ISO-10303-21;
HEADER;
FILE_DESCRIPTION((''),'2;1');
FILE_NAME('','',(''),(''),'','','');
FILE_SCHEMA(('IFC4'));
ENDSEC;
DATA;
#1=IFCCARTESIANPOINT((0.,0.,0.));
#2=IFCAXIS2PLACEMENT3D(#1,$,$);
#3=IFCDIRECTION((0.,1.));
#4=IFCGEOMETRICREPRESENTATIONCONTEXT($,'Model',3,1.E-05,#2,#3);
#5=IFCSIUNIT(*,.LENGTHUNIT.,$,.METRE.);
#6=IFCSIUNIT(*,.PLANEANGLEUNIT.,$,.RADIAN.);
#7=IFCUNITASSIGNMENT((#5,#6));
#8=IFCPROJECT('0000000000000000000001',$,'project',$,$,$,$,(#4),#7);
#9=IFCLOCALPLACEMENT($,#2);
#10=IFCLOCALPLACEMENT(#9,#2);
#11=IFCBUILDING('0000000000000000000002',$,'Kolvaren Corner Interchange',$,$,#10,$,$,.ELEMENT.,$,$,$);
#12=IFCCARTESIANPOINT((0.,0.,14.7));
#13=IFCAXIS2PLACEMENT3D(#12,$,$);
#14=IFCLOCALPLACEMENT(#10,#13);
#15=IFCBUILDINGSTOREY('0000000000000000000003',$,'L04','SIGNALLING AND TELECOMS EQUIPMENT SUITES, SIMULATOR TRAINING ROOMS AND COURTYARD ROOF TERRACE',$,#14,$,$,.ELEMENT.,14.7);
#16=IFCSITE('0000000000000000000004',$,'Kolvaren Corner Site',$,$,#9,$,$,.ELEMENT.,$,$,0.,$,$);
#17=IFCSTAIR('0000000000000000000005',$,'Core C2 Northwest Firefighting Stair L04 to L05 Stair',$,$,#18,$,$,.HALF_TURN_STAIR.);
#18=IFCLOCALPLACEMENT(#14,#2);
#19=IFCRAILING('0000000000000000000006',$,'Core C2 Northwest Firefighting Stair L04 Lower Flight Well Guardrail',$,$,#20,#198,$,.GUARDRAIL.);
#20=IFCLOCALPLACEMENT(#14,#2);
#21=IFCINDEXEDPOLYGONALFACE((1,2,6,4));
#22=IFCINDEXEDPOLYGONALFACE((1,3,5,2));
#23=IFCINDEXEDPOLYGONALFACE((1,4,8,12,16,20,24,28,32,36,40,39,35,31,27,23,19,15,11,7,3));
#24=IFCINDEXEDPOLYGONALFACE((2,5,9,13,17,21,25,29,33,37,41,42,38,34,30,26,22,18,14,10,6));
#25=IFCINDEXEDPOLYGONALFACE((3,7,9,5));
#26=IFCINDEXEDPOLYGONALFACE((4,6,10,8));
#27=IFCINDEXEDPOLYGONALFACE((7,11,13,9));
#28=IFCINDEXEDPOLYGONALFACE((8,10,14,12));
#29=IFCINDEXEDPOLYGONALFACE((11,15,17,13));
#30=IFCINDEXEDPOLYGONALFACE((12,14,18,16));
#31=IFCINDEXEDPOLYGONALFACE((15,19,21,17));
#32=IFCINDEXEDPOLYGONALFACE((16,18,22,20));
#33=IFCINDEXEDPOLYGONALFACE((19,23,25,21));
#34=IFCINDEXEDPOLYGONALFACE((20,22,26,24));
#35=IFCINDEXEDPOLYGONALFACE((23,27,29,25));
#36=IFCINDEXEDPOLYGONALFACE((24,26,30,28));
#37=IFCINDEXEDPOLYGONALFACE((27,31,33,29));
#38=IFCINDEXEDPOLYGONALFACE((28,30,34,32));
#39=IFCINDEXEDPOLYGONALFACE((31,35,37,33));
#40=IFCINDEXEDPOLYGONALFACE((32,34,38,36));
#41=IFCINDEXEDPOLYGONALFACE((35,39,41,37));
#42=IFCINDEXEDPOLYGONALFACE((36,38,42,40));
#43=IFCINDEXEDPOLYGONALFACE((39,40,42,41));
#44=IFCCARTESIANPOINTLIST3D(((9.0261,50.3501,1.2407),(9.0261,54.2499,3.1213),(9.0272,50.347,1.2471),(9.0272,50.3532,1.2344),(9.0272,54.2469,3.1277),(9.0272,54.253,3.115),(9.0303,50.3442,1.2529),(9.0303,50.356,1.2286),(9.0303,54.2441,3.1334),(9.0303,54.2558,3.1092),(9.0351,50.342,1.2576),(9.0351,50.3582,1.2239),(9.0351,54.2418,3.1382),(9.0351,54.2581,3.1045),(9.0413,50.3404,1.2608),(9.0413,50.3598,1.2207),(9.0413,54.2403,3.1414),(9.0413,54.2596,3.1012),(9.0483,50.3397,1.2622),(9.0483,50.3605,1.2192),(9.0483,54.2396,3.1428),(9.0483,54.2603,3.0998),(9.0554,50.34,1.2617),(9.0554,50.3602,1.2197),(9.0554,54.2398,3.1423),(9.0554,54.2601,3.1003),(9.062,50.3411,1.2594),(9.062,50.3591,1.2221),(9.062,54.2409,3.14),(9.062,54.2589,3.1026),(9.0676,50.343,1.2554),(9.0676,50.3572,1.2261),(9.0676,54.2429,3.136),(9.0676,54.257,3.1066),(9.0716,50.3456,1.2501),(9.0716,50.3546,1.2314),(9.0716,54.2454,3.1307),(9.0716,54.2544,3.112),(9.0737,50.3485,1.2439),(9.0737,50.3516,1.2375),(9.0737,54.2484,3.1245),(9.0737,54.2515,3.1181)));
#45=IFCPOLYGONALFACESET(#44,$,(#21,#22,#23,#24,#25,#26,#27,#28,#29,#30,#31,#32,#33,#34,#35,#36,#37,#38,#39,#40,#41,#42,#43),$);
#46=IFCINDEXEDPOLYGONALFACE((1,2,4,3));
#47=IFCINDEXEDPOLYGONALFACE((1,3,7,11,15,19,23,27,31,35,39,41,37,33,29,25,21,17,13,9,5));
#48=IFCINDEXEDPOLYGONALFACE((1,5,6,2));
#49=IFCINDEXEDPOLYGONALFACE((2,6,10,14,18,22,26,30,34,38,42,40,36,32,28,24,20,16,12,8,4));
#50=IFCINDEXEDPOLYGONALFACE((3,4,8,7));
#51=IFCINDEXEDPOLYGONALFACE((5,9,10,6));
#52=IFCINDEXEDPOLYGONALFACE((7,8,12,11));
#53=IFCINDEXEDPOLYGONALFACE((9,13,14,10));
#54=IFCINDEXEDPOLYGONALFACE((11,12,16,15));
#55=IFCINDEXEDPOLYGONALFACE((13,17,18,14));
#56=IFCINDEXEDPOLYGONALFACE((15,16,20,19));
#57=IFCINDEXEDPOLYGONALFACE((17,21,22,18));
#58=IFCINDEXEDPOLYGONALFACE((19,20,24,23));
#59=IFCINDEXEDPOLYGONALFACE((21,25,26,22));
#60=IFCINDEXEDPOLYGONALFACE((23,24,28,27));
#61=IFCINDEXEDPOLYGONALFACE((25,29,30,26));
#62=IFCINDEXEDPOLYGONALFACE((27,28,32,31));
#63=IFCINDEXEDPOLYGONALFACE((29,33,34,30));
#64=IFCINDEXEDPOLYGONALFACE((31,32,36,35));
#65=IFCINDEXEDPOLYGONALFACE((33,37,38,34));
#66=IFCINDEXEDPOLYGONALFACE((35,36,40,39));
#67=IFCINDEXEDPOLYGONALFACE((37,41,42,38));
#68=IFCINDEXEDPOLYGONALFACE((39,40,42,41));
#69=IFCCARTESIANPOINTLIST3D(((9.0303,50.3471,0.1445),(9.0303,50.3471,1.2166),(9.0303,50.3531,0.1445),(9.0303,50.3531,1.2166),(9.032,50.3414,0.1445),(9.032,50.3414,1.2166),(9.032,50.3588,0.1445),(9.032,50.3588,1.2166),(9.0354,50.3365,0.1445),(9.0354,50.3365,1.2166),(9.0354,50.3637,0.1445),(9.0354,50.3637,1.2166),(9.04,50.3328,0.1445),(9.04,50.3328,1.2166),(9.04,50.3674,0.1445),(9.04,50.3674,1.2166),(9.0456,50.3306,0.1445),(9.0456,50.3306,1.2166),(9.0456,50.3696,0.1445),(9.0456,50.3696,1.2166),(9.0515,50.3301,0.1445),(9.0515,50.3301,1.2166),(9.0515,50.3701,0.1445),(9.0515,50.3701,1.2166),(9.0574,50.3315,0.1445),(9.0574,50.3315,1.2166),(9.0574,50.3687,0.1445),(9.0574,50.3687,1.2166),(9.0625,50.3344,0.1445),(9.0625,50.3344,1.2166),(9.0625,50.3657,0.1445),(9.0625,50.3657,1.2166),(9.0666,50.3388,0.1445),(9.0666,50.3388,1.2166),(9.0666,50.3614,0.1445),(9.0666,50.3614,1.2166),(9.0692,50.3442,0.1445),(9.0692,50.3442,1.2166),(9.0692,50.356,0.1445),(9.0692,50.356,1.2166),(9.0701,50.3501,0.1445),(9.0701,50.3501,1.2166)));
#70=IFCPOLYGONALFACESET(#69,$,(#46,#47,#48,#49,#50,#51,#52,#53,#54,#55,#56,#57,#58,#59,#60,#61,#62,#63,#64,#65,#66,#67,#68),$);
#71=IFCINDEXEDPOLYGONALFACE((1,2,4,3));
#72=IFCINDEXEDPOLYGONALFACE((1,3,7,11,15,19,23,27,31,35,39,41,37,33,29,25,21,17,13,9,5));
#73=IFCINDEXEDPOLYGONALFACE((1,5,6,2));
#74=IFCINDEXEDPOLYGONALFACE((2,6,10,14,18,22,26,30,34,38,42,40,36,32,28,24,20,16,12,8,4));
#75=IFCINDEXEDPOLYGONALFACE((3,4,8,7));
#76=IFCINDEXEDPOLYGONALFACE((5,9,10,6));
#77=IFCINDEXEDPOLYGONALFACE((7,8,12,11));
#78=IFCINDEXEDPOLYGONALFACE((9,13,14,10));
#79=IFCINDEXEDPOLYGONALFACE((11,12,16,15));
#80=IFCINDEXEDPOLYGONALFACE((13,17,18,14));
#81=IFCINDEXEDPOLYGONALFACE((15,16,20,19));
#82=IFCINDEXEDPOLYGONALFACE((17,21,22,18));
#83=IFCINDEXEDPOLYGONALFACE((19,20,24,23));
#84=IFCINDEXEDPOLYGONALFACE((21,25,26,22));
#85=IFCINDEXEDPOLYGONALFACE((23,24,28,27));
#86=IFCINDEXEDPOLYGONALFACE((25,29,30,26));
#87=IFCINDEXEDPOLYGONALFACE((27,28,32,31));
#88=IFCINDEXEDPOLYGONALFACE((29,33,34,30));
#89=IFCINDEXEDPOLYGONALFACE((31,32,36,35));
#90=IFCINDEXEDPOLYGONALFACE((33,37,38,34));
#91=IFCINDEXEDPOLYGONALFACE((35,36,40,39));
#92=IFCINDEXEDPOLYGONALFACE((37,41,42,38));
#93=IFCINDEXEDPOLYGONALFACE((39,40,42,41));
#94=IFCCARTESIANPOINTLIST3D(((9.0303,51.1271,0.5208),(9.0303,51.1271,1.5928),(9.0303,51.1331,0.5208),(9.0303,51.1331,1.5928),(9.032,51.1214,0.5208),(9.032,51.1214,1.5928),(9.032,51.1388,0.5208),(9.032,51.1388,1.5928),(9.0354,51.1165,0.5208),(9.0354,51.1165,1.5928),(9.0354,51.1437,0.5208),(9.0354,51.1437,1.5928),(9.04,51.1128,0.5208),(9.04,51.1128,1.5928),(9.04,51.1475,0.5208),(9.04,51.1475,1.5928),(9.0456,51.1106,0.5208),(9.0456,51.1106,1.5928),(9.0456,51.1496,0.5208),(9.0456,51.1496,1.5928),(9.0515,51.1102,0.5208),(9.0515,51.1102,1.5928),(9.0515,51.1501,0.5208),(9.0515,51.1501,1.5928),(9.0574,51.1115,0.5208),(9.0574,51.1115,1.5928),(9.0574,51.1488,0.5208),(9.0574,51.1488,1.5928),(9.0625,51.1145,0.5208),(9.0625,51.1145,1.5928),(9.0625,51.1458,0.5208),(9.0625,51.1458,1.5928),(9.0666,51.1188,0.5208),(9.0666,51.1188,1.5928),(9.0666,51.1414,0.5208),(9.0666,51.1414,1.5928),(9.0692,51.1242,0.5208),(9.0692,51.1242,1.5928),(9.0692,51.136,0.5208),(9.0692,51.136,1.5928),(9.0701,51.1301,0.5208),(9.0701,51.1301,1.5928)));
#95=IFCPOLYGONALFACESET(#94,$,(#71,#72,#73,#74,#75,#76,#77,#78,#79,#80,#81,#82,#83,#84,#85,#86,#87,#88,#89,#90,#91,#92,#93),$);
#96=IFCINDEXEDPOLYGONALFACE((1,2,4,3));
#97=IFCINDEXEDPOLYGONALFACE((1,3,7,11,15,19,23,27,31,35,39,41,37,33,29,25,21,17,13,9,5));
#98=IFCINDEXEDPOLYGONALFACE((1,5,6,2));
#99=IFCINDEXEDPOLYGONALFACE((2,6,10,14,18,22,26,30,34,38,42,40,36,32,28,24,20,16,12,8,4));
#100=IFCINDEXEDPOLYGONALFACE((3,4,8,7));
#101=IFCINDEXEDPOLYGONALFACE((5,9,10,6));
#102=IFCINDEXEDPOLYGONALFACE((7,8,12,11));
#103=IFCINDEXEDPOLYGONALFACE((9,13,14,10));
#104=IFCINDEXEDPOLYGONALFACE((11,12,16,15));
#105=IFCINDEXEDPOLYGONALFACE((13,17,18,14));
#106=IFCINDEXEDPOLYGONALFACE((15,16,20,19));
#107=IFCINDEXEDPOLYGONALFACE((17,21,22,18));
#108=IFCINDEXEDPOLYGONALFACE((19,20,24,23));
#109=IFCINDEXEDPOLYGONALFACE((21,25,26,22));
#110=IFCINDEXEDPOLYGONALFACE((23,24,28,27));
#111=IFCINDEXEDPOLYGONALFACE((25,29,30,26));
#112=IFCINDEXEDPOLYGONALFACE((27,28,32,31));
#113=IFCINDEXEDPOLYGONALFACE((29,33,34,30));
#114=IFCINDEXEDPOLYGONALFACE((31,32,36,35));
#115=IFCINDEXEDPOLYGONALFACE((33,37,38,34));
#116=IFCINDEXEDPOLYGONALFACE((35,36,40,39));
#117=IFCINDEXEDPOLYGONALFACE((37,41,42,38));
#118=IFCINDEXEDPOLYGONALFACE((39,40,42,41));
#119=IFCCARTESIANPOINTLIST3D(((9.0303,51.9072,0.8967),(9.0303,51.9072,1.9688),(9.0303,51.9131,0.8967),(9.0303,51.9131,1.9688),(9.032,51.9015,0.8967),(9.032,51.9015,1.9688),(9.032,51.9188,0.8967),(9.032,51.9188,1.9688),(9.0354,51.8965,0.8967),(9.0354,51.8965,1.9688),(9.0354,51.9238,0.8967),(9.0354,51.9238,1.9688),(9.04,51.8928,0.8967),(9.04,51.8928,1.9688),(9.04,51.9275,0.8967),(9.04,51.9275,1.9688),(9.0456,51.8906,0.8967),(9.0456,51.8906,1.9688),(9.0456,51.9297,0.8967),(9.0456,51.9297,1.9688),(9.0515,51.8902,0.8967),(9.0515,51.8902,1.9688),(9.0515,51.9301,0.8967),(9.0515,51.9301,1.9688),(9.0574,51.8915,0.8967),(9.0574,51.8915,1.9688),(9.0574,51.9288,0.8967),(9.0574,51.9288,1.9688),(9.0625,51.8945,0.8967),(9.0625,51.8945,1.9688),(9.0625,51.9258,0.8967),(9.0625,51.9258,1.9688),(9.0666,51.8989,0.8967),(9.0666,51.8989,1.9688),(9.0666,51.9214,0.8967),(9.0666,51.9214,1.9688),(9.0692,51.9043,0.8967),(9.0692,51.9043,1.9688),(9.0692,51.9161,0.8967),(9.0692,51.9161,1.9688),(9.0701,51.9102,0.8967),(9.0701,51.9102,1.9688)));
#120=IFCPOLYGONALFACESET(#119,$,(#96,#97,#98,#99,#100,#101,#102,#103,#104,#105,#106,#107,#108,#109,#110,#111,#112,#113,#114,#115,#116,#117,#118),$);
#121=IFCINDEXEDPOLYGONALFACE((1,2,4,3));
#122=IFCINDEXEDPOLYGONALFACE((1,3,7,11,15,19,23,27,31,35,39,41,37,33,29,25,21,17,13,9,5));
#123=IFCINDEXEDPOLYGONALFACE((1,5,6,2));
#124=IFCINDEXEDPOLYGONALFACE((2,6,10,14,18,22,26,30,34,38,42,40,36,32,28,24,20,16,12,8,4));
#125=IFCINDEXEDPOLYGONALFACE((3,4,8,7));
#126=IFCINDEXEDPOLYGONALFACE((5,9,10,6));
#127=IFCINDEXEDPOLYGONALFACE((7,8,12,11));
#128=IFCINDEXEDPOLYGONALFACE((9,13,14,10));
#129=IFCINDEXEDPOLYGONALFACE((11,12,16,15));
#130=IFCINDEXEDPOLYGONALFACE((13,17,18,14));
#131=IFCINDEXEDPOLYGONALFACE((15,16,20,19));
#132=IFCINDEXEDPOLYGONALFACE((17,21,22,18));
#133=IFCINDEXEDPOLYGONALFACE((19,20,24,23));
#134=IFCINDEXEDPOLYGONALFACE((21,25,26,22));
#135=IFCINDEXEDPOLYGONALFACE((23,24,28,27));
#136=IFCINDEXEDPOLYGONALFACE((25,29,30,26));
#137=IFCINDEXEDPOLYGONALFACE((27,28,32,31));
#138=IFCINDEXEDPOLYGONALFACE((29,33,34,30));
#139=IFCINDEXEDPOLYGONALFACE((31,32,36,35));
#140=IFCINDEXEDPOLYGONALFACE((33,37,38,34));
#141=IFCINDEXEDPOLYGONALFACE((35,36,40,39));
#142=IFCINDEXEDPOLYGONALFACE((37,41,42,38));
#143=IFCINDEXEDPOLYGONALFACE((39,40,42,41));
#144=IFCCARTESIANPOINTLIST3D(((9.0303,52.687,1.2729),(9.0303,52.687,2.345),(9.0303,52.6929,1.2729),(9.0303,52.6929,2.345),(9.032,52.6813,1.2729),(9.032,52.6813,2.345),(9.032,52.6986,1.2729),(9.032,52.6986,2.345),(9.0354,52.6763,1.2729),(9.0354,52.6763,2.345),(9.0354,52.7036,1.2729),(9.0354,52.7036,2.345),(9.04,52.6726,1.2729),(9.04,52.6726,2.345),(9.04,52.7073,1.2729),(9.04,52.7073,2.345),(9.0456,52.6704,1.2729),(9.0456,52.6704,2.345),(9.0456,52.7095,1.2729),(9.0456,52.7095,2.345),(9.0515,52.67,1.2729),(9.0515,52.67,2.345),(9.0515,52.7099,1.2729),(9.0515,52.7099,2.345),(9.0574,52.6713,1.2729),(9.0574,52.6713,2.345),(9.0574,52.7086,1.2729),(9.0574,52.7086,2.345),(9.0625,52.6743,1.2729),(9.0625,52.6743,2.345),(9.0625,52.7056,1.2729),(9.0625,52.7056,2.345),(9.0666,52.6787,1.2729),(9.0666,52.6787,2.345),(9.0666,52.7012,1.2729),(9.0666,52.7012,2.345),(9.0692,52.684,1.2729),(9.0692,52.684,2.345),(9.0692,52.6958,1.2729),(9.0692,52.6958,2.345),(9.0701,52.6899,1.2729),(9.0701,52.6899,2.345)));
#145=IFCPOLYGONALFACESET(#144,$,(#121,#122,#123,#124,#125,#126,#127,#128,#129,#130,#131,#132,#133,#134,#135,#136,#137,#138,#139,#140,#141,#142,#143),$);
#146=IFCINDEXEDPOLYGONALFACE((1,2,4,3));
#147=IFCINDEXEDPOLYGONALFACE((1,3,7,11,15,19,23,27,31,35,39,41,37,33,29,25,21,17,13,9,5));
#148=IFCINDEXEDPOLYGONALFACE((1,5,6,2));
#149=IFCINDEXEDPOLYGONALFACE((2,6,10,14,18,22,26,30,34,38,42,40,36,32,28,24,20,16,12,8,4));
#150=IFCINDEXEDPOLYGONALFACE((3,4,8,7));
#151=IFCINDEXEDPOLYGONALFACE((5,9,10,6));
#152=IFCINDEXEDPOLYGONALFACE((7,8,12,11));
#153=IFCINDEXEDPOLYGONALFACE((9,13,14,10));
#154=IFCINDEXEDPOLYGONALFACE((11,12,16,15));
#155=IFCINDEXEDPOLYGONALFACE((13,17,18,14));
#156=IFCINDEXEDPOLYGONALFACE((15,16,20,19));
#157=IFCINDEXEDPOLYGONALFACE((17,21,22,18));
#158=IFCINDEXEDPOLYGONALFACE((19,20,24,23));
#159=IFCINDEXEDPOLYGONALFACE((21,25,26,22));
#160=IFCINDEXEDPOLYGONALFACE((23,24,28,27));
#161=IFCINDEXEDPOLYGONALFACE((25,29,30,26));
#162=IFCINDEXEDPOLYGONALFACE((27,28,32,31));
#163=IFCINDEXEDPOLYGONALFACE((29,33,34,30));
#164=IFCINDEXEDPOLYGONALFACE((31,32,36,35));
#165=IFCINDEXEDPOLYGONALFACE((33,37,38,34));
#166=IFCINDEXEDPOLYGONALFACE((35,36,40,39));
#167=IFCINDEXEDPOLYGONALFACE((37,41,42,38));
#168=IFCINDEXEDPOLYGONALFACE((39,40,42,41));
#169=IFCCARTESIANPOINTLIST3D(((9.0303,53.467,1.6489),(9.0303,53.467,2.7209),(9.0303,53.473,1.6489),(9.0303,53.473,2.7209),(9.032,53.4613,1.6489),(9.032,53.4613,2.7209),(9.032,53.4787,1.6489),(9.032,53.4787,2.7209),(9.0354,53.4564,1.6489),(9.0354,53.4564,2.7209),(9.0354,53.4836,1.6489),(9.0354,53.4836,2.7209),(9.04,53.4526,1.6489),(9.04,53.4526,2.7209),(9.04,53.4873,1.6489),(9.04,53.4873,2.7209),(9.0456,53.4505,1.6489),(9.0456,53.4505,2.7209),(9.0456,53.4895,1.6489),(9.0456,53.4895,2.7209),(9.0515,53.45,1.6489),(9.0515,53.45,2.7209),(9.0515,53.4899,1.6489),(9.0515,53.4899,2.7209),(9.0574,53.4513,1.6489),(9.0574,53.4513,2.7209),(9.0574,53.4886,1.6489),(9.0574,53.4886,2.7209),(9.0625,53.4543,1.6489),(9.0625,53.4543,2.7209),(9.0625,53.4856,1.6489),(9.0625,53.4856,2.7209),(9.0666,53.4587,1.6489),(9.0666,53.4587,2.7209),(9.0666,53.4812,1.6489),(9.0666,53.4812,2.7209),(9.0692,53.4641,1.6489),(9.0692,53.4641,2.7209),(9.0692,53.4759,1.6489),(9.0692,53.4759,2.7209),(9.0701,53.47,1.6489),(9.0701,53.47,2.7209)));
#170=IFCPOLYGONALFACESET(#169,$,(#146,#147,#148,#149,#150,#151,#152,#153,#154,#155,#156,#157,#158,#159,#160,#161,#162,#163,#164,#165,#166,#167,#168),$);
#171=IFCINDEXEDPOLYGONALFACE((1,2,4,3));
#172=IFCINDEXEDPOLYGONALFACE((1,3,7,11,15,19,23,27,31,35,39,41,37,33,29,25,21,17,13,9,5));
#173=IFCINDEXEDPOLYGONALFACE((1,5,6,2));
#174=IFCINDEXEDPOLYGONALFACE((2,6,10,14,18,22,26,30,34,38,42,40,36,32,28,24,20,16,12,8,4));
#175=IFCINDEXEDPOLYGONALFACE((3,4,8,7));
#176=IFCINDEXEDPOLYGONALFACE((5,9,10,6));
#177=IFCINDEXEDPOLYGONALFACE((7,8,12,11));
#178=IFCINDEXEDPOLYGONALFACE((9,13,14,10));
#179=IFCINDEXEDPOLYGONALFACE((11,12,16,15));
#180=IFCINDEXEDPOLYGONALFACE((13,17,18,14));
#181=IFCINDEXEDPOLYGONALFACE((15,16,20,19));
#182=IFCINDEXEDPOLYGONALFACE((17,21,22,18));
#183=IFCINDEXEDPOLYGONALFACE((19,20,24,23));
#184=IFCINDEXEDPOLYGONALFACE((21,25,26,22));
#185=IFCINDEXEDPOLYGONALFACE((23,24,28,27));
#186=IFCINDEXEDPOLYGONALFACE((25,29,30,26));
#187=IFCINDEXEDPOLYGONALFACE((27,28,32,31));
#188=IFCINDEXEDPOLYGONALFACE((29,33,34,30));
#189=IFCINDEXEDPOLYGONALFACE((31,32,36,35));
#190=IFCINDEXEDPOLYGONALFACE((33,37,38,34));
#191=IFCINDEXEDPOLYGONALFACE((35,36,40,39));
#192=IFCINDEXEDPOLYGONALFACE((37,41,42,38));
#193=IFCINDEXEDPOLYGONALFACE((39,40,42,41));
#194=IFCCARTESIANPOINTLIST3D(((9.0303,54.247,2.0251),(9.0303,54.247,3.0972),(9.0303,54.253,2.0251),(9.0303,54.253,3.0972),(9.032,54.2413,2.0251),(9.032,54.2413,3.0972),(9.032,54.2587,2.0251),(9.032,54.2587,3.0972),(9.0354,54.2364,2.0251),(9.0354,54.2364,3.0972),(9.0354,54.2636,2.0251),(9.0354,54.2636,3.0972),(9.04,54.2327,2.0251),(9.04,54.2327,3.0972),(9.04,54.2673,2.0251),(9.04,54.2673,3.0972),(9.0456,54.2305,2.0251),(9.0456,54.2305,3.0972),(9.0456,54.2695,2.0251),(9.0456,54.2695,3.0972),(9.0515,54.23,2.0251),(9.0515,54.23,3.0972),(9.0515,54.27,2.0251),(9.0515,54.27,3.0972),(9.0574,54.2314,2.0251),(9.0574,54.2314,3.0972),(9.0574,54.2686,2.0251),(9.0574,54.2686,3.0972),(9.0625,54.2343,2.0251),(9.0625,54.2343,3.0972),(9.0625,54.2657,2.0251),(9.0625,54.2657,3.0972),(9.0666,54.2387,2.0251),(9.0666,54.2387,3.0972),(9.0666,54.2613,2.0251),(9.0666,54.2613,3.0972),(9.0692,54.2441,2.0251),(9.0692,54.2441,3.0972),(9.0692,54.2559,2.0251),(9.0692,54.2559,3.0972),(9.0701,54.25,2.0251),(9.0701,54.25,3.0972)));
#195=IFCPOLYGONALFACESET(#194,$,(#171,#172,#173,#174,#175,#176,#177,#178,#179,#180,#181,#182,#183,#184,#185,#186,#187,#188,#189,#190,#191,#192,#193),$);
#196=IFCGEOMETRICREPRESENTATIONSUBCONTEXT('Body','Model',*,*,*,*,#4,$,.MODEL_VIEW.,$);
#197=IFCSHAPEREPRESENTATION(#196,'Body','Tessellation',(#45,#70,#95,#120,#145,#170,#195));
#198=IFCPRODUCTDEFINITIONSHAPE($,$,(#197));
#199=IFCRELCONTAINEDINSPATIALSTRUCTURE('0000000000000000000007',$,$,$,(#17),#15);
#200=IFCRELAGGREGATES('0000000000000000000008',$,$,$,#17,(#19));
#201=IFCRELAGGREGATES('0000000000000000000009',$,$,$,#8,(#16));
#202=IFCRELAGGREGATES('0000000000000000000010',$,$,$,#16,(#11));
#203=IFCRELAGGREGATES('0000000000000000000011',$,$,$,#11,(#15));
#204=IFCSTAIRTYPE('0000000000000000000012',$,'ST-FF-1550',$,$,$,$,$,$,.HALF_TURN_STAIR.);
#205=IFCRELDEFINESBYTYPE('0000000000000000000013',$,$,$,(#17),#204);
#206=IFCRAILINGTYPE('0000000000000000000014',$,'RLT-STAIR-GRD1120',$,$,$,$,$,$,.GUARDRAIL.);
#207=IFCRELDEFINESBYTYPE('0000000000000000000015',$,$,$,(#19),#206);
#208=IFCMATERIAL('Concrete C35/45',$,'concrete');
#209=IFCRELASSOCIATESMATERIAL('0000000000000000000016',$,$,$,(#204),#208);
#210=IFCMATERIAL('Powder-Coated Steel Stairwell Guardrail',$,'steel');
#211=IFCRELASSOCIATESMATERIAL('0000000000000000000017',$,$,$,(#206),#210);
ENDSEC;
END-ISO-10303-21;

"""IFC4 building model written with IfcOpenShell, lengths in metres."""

from ifc_helpers import new_model, si_unit, direction, frame, origin, origin_2d, place, context, subcontext, project, spatial, circle, extrude, material, type_object, element, aggregate, save


model = new_model("IFC4")

# Units and contexts
model_context = context("Model", 3, precision=1e-05, world=origin(), true_north=direction((0.0, 1.0)))
body_context = subcontext(model_context, "Body", "Model", "MODEL_VIEW")
ifc_project = project(units=[si_unit("LENGTHUNIT", "METRE"), si_unit("PLANEANGLEUNIT", "RADIAN")], contexts=[model_context])

# Site, building, storey
site_placement = place(None, origin())
site = spatial("IfcSite", under=ifc_project, at=site_placement, Name="Kolvaren Corner Site", CompositionType="ELEMENT", RefElevation=0.0)
building_placement = place(site_placement, origin())
building = spatial("IfcBuilding", under=site, at=building_placement, Name="Kolvaren Corner Interchange", CompositionType="ELEMENT")
storey_placement = place(building_placement, frame((0.0, 0.0, 14.7)))
storey = spatial("IfcBuildingStorey", under=building, at=storey_placement, Name="L04", Description="SIGNALLING AND TELECOMS EQUIPMENT SUITES, SIMULATOR TRAINING ROOMS AND COURTYARD ROOF TERRACE", CompositionType="ELEMENT", Elevation=14.7)

# Stair, railing
ifc_material_1 = material(Name="Concrete C35/45", Category="concrete")
stair_type = type_object("IfcStairType", Name="ST-FF-1550", PredefinedType="HALF_TURN_STAIR", material=ifc_material_1)
stair_placement = place(storey_placement, origin())
stair = element("IfcStair", 1, at=stair_placement, inside=storey, type_object=stair_type, Name="Core C2 Northwest Firefighting Stair L04 to L05 Stair", PredefinedType="HALF_TURN_STAIR")
ifc_material_2 = material(Name="Powder-Coated Steel Stairwell Guardrail", Category="steel")
railing_type_1 = type_object("IfcRailingType", Name="RLT-STAIR-GRD1120", PredefinedType="GUARDRAIL", material=ifc_material_2)
railing_1_placement = place(storey_placement, frame((9.05, 50.3501, 0.1445)))
railing_1 = element("IfcRailing", 2, at=railing_1_placement, type_object=railing_type_1, Name="Core C2 Northwest Firefighting Stair L04 Lower Flight Well Guardrail", PredefinedType="GUARDRAIL", context=body_context, shape_type="SweptSolid", body=[
    extrude(circle(Radius=0.0239, at=origin_2d()), frame((0.0, 0.0, 1.0962), z_axis=(0.0, 0.900741, 0.434356), x_axis=(-1.0, 0.0, 0.0)), (0.0, 0.0, 1.0), 4.3296),
    extrude(circle(Radius=0.02, at=origin_2d()), origin(), (0.0, 0.0, 1.0), 1.072),
    extrude(circle(Radius=0.02, at=origin_2d()), frame((0.0, 0.78, 0.3762)), (0.0, 0.0, 1.0), 1.072),
    extrude(circle(Radius=0.02, at=origin_2d()), frame((0.0, 1.5601, 0.7522)), (0.0, 0.0, 1.0), 1.072),
    extrude(circle(Radius=0.02, at=origin_2d()), frame((0.0, 2.3398, 1.1284)), (0.0, 0.0, 1.0), 1.072),
    extrude(circle(Radius=0.02, at=origin_2d()), frame((0.0, 3.1199, 1.5044)), (0.0, 0.0, 1.0), 1.072),
    extrude(circle(Radius=0.02, at=origin_2d()), frame((0.0, 3.8999, 1.8806)), (0.0, 0.0, 1.0), 1.072),
])

aggregate(stair, [railing_1])

save(model, "model.ifc")
